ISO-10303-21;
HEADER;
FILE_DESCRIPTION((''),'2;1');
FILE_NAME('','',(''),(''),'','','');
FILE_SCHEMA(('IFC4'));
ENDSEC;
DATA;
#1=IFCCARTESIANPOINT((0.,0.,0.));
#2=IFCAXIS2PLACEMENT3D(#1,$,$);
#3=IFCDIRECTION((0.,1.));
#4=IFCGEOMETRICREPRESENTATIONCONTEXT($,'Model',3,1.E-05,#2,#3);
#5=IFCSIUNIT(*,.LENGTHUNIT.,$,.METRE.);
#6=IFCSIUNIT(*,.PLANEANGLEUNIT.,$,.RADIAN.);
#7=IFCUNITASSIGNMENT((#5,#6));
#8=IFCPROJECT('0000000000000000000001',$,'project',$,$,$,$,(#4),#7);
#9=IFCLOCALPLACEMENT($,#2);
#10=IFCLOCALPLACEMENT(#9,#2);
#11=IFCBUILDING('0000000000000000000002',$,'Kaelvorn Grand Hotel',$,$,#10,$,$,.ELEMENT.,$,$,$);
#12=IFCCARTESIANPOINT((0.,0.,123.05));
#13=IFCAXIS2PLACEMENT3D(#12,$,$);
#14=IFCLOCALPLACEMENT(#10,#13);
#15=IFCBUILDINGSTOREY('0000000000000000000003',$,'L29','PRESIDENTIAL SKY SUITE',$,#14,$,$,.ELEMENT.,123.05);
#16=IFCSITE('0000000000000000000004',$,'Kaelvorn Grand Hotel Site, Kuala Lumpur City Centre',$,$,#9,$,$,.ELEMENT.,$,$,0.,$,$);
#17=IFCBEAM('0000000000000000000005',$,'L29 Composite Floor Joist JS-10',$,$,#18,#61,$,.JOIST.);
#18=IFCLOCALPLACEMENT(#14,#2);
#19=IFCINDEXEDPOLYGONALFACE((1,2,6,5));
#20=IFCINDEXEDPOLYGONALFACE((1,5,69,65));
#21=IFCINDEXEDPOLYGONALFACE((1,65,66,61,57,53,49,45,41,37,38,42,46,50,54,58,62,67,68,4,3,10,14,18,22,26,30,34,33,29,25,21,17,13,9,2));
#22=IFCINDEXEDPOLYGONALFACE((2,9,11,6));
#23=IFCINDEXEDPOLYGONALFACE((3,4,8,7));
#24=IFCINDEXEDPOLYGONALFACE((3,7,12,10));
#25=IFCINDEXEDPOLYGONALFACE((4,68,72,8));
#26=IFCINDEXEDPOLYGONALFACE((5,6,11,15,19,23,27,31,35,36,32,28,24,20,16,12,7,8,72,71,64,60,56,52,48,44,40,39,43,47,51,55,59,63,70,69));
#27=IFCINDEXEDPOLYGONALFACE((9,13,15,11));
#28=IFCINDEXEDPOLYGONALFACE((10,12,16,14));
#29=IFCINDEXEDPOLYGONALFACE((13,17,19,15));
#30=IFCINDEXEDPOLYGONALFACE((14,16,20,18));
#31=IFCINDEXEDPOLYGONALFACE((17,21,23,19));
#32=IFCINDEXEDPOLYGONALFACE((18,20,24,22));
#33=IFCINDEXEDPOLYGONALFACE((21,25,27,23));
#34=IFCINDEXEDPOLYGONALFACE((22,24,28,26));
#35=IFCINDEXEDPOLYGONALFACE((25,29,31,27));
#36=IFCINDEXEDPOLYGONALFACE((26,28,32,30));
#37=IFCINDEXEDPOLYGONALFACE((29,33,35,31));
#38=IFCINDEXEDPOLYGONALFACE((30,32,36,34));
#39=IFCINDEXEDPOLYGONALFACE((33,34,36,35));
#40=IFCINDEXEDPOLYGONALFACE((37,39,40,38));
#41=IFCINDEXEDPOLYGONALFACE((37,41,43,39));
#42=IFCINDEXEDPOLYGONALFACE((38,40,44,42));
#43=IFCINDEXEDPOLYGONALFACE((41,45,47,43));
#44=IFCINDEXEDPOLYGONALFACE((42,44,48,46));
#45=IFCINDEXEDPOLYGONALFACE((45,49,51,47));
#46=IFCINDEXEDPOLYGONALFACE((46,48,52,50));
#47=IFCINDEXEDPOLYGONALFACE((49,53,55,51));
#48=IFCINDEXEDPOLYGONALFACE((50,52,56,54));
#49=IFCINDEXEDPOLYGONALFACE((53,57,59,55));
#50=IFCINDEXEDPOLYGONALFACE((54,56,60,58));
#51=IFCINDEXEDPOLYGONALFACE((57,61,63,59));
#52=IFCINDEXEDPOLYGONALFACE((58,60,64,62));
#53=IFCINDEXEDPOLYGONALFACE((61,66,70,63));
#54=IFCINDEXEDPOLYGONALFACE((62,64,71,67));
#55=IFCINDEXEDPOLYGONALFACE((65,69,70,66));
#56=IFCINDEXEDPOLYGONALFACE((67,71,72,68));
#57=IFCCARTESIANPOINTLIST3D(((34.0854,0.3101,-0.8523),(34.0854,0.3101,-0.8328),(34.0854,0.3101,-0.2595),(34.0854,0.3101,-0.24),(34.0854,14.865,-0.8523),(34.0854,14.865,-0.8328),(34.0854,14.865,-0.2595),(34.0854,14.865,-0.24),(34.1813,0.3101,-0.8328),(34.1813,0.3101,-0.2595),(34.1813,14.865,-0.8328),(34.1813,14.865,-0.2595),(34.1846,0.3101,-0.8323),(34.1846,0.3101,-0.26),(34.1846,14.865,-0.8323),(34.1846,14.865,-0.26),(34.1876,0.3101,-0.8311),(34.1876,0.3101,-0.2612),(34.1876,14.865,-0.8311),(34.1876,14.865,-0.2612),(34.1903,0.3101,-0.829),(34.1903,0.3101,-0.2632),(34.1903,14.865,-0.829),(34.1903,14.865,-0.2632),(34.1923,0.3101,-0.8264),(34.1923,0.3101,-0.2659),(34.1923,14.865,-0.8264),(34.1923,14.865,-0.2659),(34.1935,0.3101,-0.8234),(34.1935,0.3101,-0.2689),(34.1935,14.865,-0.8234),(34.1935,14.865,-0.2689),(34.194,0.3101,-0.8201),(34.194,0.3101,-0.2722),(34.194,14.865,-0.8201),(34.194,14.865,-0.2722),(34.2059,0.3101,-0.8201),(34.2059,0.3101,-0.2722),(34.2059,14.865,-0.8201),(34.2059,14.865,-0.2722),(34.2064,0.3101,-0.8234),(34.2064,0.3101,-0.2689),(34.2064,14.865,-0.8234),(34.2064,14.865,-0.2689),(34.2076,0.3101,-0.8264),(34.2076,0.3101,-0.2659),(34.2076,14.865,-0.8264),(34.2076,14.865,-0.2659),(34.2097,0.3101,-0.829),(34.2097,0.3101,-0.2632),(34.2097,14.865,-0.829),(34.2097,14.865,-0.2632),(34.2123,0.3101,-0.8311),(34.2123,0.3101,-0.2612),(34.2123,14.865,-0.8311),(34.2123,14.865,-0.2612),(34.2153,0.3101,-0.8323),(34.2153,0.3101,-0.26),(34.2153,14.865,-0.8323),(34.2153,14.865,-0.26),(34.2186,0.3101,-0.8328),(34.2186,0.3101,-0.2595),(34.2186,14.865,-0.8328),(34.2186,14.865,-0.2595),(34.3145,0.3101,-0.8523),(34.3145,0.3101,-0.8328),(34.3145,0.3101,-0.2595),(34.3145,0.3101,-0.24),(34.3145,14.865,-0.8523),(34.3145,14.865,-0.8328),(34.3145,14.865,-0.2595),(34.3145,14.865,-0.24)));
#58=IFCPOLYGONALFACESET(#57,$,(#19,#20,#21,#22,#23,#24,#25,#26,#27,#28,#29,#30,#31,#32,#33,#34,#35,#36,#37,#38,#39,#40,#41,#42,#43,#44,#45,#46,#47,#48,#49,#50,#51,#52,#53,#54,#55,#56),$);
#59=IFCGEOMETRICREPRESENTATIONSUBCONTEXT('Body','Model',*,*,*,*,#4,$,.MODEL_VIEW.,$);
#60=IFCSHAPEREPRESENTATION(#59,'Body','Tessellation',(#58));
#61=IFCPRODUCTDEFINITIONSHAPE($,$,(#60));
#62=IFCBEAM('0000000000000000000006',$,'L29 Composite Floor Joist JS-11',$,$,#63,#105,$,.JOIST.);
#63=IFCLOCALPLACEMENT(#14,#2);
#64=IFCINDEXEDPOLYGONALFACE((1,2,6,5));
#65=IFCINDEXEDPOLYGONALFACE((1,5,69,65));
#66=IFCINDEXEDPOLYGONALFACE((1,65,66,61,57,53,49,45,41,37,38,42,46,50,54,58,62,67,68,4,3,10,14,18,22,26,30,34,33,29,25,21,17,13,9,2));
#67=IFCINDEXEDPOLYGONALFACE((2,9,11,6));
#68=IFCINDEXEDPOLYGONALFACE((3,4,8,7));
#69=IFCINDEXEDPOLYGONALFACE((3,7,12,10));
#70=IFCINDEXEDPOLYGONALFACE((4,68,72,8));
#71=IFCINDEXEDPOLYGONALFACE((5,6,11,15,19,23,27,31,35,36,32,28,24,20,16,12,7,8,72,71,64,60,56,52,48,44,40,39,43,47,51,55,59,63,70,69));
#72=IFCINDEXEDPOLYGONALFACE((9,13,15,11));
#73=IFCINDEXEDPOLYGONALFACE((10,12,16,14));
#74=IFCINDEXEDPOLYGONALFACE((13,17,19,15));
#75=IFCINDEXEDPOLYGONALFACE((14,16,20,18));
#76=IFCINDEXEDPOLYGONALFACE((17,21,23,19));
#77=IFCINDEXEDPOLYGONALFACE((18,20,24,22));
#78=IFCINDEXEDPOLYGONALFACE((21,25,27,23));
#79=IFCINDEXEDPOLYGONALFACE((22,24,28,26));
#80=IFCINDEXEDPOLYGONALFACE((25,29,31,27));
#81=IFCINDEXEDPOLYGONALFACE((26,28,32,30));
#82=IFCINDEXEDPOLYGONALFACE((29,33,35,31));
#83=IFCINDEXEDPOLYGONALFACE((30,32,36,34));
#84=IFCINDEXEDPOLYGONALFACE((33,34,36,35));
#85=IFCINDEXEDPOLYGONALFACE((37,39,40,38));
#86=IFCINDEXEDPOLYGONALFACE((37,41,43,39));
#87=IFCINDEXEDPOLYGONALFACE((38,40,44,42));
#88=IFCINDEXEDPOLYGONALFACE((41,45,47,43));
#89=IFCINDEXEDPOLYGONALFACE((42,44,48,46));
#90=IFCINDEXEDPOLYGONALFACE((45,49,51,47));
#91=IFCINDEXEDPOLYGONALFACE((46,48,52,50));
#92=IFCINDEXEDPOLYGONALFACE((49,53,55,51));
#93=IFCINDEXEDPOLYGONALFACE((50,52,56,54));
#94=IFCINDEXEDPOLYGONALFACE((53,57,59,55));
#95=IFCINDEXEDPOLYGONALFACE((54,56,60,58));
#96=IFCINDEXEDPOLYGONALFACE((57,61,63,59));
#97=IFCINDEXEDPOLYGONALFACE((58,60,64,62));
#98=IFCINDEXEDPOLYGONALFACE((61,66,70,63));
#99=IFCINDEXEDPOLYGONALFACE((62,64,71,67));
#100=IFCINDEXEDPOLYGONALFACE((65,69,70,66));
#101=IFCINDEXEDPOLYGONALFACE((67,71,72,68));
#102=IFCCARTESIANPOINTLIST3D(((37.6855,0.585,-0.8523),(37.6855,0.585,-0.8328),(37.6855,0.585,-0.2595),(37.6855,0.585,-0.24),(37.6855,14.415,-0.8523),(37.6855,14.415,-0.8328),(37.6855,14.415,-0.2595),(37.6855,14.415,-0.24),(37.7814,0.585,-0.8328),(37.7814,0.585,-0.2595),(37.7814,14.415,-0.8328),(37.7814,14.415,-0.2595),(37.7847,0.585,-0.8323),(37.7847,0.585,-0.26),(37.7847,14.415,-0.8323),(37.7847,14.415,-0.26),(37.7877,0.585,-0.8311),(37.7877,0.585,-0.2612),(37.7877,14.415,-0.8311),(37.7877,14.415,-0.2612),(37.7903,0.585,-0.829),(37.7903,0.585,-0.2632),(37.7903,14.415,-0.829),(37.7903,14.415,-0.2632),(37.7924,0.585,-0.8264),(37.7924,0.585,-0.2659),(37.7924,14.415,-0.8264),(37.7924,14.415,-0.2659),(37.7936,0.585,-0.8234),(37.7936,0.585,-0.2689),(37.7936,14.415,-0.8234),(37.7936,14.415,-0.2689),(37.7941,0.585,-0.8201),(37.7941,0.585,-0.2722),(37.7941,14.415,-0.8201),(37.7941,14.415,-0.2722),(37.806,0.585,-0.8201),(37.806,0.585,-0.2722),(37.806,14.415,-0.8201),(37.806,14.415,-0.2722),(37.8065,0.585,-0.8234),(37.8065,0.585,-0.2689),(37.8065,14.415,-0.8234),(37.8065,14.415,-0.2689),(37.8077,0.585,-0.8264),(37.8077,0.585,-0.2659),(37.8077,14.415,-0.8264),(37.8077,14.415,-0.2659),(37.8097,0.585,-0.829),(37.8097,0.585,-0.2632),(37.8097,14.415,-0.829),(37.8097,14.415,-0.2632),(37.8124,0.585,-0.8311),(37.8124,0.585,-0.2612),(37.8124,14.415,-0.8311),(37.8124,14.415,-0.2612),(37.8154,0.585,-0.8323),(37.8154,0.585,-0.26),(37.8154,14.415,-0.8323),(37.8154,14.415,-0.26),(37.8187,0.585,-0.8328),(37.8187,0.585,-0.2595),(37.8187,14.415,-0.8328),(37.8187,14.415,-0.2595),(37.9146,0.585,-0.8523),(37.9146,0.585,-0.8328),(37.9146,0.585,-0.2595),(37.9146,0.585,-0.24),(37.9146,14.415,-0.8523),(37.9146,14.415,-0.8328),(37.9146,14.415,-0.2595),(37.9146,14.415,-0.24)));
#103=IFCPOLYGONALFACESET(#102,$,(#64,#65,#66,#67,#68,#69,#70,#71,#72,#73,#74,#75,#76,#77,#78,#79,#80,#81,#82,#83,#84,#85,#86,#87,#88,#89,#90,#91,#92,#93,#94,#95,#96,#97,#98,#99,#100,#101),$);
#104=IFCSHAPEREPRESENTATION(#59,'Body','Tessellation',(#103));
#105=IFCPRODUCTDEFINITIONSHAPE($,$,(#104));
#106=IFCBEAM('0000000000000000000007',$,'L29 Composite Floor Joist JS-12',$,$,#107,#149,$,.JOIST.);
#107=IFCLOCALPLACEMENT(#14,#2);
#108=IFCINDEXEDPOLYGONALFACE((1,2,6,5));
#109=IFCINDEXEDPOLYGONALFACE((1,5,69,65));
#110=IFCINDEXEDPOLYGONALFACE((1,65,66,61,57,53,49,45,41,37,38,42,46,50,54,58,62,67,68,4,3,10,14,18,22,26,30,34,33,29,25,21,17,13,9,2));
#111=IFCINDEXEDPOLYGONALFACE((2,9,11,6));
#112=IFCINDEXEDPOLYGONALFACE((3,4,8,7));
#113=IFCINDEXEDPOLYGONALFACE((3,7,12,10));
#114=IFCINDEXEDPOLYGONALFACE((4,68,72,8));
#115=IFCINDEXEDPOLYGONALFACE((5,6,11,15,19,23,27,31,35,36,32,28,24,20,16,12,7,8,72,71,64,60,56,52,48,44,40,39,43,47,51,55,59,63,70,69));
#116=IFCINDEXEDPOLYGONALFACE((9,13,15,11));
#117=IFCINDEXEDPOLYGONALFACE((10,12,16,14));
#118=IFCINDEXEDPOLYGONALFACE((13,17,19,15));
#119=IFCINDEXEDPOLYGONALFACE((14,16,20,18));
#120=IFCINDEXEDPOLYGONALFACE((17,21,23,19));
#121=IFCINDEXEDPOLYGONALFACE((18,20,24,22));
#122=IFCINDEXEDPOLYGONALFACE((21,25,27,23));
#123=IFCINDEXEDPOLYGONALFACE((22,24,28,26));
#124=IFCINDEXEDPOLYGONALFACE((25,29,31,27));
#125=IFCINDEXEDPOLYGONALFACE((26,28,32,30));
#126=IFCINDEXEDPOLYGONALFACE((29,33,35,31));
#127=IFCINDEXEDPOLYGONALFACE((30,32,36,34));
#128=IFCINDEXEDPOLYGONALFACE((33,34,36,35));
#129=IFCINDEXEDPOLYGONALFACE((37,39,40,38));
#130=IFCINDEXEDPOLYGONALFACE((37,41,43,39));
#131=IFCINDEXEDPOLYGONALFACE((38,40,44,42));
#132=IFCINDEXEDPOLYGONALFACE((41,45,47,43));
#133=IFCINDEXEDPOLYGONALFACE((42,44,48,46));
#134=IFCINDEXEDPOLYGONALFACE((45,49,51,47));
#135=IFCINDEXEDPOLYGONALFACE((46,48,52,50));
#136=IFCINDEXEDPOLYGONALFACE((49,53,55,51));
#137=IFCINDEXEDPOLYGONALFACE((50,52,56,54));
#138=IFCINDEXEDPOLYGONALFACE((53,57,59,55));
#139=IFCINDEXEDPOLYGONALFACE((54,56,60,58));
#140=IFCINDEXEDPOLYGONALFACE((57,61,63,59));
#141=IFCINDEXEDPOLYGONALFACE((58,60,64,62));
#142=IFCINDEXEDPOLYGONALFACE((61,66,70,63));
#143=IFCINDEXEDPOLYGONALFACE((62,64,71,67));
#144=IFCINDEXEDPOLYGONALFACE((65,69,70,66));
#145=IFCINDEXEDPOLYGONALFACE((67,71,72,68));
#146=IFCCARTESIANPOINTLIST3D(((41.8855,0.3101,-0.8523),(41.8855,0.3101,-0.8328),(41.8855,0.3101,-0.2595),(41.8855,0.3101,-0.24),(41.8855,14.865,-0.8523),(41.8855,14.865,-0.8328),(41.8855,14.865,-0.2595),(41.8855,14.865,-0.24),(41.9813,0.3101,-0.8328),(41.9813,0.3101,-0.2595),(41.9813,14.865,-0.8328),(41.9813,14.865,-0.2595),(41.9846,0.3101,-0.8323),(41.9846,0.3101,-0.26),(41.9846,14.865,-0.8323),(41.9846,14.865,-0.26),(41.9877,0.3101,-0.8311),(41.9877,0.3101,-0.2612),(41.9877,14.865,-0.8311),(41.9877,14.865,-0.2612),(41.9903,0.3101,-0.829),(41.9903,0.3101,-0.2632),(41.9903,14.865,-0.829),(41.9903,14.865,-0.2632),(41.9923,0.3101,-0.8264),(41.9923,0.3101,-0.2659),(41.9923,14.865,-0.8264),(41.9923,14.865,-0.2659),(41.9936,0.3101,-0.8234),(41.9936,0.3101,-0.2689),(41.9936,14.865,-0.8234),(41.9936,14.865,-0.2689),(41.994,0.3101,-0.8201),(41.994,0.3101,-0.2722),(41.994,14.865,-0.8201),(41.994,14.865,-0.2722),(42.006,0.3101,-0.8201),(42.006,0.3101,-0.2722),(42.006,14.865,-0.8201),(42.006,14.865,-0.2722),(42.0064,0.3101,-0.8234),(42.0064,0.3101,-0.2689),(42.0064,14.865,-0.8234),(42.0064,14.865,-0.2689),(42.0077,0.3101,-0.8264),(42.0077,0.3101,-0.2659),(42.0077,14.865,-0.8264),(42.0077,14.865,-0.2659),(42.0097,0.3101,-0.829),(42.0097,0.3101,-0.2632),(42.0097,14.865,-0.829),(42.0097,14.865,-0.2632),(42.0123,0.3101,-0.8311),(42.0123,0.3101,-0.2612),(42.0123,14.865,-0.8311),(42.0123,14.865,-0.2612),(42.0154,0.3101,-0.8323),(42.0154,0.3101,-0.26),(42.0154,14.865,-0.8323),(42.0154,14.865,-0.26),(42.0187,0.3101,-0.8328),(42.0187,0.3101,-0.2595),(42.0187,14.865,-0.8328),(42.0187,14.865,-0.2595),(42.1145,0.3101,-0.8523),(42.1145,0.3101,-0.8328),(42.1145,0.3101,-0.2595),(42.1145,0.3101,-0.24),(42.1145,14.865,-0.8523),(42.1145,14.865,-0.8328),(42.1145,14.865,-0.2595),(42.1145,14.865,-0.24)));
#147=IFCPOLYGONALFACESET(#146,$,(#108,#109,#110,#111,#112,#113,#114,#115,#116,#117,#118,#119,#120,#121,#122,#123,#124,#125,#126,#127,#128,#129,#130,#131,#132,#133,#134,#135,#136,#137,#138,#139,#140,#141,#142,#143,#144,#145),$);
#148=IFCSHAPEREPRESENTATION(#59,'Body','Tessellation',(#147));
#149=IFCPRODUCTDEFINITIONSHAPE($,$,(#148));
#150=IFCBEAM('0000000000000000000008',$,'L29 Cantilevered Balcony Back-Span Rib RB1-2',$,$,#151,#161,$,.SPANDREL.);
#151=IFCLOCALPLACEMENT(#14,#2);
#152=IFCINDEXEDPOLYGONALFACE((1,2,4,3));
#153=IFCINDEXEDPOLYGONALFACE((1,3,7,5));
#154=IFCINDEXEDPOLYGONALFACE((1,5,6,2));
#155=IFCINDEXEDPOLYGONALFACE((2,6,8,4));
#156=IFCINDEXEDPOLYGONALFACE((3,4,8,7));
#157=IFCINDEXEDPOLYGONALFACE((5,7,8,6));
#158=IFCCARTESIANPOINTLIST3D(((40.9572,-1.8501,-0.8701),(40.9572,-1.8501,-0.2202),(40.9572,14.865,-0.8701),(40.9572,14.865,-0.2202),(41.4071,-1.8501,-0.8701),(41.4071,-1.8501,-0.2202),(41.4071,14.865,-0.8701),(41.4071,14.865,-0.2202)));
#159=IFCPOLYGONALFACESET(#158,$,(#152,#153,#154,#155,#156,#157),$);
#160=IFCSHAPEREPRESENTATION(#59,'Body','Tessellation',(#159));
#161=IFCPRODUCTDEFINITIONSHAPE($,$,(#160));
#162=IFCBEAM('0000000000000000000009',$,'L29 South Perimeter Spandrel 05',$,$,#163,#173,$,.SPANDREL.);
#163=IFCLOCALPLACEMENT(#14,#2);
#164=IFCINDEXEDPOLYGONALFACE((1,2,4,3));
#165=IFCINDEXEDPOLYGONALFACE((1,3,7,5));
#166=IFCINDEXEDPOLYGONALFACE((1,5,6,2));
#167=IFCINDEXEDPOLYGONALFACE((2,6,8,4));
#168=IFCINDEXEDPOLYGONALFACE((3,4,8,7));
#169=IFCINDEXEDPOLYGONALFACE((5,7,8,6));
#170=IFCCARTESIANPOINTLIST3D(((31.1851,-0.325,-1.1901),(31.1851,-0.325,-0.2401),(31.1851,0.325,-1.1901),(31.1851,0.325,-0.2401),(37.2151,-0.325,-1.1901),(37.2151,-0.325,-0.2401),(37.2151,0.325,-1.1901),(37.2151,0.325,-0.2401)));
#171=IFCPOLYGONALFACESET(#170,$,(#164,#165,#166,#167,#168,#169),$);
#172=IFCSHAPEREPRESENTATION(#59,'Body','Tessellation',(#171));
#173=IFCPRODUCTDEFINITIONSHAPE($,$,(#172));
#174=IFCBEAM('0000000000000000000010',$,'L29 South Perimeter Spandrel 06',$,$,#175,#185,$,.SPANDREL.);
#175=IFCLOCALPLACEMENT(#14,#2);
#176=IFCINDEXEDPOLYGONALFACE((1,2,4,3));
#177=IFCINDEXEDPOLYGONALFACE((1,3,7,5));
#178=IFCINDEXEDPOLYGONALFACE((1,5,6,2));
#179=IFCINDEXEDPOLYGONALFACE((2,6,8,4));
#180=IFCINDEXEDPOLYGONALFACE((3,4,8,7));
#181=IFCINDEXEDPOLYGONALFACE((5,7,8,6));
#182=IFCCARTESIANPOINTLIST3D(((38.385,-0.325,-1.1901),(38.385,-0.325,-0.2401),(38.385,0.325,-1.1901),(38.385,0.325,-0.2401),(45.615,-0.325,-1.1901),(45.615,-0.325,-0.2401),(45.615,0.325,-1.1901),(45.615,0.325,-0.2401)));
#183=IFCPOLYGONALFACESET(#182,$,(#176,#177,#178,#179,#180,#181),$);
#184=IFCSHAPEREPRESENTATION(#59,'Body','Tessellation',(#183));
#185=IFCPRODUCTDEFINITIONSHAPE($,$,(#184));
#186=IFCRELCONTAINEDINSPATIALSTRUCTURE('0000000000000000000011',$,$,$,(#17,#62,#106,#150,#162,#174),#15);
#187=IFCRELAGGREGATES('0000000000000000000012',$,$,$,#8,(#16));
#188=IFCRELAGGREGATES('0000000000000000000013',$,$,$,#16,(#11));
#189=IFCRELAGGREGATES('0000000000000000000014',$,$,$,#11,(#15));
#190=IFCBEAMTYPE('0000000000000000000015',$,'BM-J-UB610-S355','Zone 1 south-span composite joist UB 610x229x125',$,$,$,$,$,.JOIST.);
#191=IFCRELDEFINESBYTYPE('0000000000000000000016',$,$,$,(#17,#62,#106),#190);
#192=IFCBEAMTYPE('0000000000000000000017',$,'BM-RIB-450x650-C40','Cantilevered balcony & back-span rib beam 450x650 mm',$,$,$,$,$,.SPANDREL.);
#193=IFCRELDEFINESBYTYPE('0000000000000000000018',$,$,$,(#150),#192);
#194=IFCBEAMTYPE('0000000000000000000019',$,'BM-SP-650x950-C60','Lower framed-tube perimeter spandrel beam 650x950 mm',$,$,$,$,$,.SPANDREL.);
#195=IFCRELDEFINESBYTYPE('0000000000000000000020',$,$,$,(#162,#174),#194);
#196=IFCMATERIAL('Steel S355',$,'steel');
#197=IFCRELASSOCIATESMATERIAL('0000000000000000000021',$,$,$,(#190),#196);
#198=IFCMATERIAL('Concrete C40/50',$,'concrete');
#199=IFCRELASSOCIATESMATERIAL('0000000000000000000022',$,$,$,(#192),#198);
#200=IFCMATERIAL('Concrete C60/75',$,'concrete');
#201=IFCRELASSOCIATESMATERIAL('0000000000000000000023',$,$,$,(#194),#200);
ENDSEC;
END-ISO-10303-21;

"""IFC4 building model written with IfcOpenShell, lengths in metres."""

from ifc_helpers import new_model, si_unit, direction, frame, origin, origin_2d, place, context, subcontext, project, spatial, rectangle, i_section, extrude, material, material_profile, profile_set, type_object, element, save


model = new_model("IFC4")

# Units and contexts
model_context = context("Model", 3, precision=1e-05, world=origin(), true_north=direction((0.0, 1.0)))
body_context = subcontext(model_context, "Body", "Model", "MODEL_VIEW")
ifc_project = project(units=[si_unit("LENGTHUNIT", "METRE"), si_unit("PLANEANGLEUNIT", "RADIAN")], contexts=[model_context])

# Site, building, storey
site_placement = place(None, origin())
site = spatial("IfcSite", under=ifc_project, at=site_placement, Name="Kaelvorn Grand Hotel Site, Kuala Lumpur City Centre", CompositionType="ELEMENT", RefElevation=0.0)
building_placement = place(site_placement, origin())
building = spatial("IfcBuilding", under=site, at=building_placement, Name="Kaelvorn Grand Hotel", CompositionType="ELEMENT")
storey_placement = place(building_placement, frame((0.0, 0.0, 123.05)))
storey = spatial("IfcBuildingStorey", under=building, at=storey_placement, Name="L29", Description="PRESIDENTIAL SKY SUITE", CompositionType="ELEMENT", Elevation=123.05)

# Shared definitions
ifc_material_1 = material(Name="Concrete C60/75", Category="concrete")

# Beams
ifc_material_2 = material(Name="Steel S355", Category="steel")
ifc_material_profile_1 = material_profile(ifc_material_2, i_section(OverallWidth=0.229, OverallDepth=0.6123, WebThickness=0.012, FlangeThickness=0.0195, FilletRadius=0.0127, at=origin_2d()), Name="UB 610x229x125")
ifc_profile_set_1 = profile_set([ifc_material_profile_1], Name="Steel S355")
beam_type_1 = type_object("IfcBeamType", Name="BM-J-UB610-S355", Description="Zone 1 south-span composite joist UB 610x229x125", PredefinedType="JOIST", material=ifc_profile_set_1)
beam_1_placement = place(storey_placement, frame((34.2, 0.3101, -0.5461), z_axis=(0.0, 1.0, 0.0), x_axis=(-1.0, 0.0, 0.0)))
element("IfcBeam", 1, at=beam_1_placement, inside=storey, type_object=beam_type_1, Name="L29 Composite Floor Joist JS-10", PredefinedType="JOIST", context=body_context, shape_type="SweptSolid", body=[
    extrude(i_section(OverallWidth=0.229, OverallDepth=0.6123, WebThickness=0.012, FlangeThickness=0.0195, FilletRadius=0.0127, at=origin_2d()), origin(), (0.0, 0.0, 1.0), 14.5549),
])
beam_2_placement = place(storey_placement, frame((37.8, 0.585, -0.5461), z_axis=(0.0, 1.0, 0.0), x_axis=(-1.0, 0.0, 0.0)))
element("IfcBeam", 2, at=beam_2_placement, inside=storey, type_object=beam_type_1, Name="L29 Composite Floor Joist JS-11", PredefinedType="JOIST", context=body_context, shape_type="SweptSolid", body=[
    extrude(i_section(OverallWidth=0.229, OverallDepth=0.6123, WebThickness=0.012, FlangeThickness=0.0195, FilletRadius=0.0127, at=origin_2d()), origin(), (0.0, 0.0, 1.0), 13.8301),
])
beam_3_placement = place(storey_placement, frame((42.0, 0.3101, -0.5461), z_axis=(0.0, 1.0, 0.0), x_axis=(-1.0, 0.0, 0.0)))
element("IfcBeam", 3, at=beam_3_placement, inside=storey, type_object=beam_type_1, Name="L29 Composite Floor Joist JS-12", PredefinedType="JOIST", context=body_context, shape_type="SweptSolid", body=[
    extrude(i_section(OverallWidth=0.229, OverallDepth=0.6123, WebThickness=0.012, FlangeThickness=0.0195, FilletRadius=0.0127, at=origin_2d()), origin(), (0.0, 0.0, 1.0), 14.5549),
])
ifc_material_3 = material(Name="Concrete C40/50", Category="concrete")
ifc_material_profile_2 = material_profile(ifc_material_3, rectangle(XDim=0.45, YDim=0.6499, at=origin_2d()), Name="RC RIB 450x650")
ifc_profile_set_2 = profile_set([ifc_material_profile_2], Name="Concrete C40/50")
beam_type_2 = type_object("IfcBeamType", Name="BM-RIB-450x650-C40", Description="Cantilevered balcony & back-span rib beam 450x650 mm", PredefinedType="SPANDREL", material=ifc_profile_set_2)
beam_4_placement = place(storey_placement, frame((41.1821, -1.8501, -0.5452), z_axis=(0.0, 1.0, 0.0), x_axis=(-1.0, 0.0, 0.0)))
element("IfcBeam", 4, at=beam_4_placement, inside=storey, type_object=beam_type_2, Name="L29 Cantilevered Balcony Back-Span Rib RB1-2", PredefinedType="SPANDREL", context=body_context, shape_type="SweptSolid", body=[
    extrude(rectangle(XDim=0.45, YDim=0.6499, at=origin_2d()), origin(), (0.0, 0.0, 1.0), 16.7151),
])
ifc_material_profile_3 = material_profile(ifc_material_1, rectangle(XDim=0.6499, YDim=0.95, at=origin_2d()), Name="RC SPANDREL 650x950")
ifc_profile_set_3 = profile_set([ifc_material_profile_3], Name="Concrete C60/75")
beam_type_3 = type_object("IfcBeamType", Name="BM-SP-650x950-C60", Description="Lower framed-tube perimeter spandrel beam 650x950 mm", PredefinedType="SPANDREL", material=ifc_profile_set_3)
beam_5_placement = place(storey_placement, frame((31.1851, 0.0, -0.7151), z_axis=(1.0, 0.0, 0.0), x_axis=(0.0, 1.0, 0.0)))
element("IfcBeam", 5, at=beam_5_placement, inside=storey, type_object=beam_type_3, Name="L29 South Perimeter Spandrel 05", PredefinedType="SPANDREL", context=body_context, shape_type="SweptSolid", body=[
    extrude(rectangle(XDim=0.6499, YDim=0.95, at=origin_2d()), origin(), (0.0, 0.0, 1.0), 6.03),
])
beam_6_placement = place(storey_placement, frame((38.385, 0.0, -0.7151), z_axis=(1.0, 0.0, 0.0), x_axis=(0.0, 1.0, 0.0)))
element("IfcBeam", 6, at=beam_6_placement, inside=storey, type_object=beam_type_3, Name="L29 South Perimeter Spandrel 06", PredefinedType="SPANDREL", context=body_context, shape_type="SweptSolid", body=[
    extrude(rectangle(XDim=0.6499, YDim=0.95, at=origin_2d()), origin(), (0.0, 0.0, 1.0), 7.23),
])

save(model, "model.ifc")
